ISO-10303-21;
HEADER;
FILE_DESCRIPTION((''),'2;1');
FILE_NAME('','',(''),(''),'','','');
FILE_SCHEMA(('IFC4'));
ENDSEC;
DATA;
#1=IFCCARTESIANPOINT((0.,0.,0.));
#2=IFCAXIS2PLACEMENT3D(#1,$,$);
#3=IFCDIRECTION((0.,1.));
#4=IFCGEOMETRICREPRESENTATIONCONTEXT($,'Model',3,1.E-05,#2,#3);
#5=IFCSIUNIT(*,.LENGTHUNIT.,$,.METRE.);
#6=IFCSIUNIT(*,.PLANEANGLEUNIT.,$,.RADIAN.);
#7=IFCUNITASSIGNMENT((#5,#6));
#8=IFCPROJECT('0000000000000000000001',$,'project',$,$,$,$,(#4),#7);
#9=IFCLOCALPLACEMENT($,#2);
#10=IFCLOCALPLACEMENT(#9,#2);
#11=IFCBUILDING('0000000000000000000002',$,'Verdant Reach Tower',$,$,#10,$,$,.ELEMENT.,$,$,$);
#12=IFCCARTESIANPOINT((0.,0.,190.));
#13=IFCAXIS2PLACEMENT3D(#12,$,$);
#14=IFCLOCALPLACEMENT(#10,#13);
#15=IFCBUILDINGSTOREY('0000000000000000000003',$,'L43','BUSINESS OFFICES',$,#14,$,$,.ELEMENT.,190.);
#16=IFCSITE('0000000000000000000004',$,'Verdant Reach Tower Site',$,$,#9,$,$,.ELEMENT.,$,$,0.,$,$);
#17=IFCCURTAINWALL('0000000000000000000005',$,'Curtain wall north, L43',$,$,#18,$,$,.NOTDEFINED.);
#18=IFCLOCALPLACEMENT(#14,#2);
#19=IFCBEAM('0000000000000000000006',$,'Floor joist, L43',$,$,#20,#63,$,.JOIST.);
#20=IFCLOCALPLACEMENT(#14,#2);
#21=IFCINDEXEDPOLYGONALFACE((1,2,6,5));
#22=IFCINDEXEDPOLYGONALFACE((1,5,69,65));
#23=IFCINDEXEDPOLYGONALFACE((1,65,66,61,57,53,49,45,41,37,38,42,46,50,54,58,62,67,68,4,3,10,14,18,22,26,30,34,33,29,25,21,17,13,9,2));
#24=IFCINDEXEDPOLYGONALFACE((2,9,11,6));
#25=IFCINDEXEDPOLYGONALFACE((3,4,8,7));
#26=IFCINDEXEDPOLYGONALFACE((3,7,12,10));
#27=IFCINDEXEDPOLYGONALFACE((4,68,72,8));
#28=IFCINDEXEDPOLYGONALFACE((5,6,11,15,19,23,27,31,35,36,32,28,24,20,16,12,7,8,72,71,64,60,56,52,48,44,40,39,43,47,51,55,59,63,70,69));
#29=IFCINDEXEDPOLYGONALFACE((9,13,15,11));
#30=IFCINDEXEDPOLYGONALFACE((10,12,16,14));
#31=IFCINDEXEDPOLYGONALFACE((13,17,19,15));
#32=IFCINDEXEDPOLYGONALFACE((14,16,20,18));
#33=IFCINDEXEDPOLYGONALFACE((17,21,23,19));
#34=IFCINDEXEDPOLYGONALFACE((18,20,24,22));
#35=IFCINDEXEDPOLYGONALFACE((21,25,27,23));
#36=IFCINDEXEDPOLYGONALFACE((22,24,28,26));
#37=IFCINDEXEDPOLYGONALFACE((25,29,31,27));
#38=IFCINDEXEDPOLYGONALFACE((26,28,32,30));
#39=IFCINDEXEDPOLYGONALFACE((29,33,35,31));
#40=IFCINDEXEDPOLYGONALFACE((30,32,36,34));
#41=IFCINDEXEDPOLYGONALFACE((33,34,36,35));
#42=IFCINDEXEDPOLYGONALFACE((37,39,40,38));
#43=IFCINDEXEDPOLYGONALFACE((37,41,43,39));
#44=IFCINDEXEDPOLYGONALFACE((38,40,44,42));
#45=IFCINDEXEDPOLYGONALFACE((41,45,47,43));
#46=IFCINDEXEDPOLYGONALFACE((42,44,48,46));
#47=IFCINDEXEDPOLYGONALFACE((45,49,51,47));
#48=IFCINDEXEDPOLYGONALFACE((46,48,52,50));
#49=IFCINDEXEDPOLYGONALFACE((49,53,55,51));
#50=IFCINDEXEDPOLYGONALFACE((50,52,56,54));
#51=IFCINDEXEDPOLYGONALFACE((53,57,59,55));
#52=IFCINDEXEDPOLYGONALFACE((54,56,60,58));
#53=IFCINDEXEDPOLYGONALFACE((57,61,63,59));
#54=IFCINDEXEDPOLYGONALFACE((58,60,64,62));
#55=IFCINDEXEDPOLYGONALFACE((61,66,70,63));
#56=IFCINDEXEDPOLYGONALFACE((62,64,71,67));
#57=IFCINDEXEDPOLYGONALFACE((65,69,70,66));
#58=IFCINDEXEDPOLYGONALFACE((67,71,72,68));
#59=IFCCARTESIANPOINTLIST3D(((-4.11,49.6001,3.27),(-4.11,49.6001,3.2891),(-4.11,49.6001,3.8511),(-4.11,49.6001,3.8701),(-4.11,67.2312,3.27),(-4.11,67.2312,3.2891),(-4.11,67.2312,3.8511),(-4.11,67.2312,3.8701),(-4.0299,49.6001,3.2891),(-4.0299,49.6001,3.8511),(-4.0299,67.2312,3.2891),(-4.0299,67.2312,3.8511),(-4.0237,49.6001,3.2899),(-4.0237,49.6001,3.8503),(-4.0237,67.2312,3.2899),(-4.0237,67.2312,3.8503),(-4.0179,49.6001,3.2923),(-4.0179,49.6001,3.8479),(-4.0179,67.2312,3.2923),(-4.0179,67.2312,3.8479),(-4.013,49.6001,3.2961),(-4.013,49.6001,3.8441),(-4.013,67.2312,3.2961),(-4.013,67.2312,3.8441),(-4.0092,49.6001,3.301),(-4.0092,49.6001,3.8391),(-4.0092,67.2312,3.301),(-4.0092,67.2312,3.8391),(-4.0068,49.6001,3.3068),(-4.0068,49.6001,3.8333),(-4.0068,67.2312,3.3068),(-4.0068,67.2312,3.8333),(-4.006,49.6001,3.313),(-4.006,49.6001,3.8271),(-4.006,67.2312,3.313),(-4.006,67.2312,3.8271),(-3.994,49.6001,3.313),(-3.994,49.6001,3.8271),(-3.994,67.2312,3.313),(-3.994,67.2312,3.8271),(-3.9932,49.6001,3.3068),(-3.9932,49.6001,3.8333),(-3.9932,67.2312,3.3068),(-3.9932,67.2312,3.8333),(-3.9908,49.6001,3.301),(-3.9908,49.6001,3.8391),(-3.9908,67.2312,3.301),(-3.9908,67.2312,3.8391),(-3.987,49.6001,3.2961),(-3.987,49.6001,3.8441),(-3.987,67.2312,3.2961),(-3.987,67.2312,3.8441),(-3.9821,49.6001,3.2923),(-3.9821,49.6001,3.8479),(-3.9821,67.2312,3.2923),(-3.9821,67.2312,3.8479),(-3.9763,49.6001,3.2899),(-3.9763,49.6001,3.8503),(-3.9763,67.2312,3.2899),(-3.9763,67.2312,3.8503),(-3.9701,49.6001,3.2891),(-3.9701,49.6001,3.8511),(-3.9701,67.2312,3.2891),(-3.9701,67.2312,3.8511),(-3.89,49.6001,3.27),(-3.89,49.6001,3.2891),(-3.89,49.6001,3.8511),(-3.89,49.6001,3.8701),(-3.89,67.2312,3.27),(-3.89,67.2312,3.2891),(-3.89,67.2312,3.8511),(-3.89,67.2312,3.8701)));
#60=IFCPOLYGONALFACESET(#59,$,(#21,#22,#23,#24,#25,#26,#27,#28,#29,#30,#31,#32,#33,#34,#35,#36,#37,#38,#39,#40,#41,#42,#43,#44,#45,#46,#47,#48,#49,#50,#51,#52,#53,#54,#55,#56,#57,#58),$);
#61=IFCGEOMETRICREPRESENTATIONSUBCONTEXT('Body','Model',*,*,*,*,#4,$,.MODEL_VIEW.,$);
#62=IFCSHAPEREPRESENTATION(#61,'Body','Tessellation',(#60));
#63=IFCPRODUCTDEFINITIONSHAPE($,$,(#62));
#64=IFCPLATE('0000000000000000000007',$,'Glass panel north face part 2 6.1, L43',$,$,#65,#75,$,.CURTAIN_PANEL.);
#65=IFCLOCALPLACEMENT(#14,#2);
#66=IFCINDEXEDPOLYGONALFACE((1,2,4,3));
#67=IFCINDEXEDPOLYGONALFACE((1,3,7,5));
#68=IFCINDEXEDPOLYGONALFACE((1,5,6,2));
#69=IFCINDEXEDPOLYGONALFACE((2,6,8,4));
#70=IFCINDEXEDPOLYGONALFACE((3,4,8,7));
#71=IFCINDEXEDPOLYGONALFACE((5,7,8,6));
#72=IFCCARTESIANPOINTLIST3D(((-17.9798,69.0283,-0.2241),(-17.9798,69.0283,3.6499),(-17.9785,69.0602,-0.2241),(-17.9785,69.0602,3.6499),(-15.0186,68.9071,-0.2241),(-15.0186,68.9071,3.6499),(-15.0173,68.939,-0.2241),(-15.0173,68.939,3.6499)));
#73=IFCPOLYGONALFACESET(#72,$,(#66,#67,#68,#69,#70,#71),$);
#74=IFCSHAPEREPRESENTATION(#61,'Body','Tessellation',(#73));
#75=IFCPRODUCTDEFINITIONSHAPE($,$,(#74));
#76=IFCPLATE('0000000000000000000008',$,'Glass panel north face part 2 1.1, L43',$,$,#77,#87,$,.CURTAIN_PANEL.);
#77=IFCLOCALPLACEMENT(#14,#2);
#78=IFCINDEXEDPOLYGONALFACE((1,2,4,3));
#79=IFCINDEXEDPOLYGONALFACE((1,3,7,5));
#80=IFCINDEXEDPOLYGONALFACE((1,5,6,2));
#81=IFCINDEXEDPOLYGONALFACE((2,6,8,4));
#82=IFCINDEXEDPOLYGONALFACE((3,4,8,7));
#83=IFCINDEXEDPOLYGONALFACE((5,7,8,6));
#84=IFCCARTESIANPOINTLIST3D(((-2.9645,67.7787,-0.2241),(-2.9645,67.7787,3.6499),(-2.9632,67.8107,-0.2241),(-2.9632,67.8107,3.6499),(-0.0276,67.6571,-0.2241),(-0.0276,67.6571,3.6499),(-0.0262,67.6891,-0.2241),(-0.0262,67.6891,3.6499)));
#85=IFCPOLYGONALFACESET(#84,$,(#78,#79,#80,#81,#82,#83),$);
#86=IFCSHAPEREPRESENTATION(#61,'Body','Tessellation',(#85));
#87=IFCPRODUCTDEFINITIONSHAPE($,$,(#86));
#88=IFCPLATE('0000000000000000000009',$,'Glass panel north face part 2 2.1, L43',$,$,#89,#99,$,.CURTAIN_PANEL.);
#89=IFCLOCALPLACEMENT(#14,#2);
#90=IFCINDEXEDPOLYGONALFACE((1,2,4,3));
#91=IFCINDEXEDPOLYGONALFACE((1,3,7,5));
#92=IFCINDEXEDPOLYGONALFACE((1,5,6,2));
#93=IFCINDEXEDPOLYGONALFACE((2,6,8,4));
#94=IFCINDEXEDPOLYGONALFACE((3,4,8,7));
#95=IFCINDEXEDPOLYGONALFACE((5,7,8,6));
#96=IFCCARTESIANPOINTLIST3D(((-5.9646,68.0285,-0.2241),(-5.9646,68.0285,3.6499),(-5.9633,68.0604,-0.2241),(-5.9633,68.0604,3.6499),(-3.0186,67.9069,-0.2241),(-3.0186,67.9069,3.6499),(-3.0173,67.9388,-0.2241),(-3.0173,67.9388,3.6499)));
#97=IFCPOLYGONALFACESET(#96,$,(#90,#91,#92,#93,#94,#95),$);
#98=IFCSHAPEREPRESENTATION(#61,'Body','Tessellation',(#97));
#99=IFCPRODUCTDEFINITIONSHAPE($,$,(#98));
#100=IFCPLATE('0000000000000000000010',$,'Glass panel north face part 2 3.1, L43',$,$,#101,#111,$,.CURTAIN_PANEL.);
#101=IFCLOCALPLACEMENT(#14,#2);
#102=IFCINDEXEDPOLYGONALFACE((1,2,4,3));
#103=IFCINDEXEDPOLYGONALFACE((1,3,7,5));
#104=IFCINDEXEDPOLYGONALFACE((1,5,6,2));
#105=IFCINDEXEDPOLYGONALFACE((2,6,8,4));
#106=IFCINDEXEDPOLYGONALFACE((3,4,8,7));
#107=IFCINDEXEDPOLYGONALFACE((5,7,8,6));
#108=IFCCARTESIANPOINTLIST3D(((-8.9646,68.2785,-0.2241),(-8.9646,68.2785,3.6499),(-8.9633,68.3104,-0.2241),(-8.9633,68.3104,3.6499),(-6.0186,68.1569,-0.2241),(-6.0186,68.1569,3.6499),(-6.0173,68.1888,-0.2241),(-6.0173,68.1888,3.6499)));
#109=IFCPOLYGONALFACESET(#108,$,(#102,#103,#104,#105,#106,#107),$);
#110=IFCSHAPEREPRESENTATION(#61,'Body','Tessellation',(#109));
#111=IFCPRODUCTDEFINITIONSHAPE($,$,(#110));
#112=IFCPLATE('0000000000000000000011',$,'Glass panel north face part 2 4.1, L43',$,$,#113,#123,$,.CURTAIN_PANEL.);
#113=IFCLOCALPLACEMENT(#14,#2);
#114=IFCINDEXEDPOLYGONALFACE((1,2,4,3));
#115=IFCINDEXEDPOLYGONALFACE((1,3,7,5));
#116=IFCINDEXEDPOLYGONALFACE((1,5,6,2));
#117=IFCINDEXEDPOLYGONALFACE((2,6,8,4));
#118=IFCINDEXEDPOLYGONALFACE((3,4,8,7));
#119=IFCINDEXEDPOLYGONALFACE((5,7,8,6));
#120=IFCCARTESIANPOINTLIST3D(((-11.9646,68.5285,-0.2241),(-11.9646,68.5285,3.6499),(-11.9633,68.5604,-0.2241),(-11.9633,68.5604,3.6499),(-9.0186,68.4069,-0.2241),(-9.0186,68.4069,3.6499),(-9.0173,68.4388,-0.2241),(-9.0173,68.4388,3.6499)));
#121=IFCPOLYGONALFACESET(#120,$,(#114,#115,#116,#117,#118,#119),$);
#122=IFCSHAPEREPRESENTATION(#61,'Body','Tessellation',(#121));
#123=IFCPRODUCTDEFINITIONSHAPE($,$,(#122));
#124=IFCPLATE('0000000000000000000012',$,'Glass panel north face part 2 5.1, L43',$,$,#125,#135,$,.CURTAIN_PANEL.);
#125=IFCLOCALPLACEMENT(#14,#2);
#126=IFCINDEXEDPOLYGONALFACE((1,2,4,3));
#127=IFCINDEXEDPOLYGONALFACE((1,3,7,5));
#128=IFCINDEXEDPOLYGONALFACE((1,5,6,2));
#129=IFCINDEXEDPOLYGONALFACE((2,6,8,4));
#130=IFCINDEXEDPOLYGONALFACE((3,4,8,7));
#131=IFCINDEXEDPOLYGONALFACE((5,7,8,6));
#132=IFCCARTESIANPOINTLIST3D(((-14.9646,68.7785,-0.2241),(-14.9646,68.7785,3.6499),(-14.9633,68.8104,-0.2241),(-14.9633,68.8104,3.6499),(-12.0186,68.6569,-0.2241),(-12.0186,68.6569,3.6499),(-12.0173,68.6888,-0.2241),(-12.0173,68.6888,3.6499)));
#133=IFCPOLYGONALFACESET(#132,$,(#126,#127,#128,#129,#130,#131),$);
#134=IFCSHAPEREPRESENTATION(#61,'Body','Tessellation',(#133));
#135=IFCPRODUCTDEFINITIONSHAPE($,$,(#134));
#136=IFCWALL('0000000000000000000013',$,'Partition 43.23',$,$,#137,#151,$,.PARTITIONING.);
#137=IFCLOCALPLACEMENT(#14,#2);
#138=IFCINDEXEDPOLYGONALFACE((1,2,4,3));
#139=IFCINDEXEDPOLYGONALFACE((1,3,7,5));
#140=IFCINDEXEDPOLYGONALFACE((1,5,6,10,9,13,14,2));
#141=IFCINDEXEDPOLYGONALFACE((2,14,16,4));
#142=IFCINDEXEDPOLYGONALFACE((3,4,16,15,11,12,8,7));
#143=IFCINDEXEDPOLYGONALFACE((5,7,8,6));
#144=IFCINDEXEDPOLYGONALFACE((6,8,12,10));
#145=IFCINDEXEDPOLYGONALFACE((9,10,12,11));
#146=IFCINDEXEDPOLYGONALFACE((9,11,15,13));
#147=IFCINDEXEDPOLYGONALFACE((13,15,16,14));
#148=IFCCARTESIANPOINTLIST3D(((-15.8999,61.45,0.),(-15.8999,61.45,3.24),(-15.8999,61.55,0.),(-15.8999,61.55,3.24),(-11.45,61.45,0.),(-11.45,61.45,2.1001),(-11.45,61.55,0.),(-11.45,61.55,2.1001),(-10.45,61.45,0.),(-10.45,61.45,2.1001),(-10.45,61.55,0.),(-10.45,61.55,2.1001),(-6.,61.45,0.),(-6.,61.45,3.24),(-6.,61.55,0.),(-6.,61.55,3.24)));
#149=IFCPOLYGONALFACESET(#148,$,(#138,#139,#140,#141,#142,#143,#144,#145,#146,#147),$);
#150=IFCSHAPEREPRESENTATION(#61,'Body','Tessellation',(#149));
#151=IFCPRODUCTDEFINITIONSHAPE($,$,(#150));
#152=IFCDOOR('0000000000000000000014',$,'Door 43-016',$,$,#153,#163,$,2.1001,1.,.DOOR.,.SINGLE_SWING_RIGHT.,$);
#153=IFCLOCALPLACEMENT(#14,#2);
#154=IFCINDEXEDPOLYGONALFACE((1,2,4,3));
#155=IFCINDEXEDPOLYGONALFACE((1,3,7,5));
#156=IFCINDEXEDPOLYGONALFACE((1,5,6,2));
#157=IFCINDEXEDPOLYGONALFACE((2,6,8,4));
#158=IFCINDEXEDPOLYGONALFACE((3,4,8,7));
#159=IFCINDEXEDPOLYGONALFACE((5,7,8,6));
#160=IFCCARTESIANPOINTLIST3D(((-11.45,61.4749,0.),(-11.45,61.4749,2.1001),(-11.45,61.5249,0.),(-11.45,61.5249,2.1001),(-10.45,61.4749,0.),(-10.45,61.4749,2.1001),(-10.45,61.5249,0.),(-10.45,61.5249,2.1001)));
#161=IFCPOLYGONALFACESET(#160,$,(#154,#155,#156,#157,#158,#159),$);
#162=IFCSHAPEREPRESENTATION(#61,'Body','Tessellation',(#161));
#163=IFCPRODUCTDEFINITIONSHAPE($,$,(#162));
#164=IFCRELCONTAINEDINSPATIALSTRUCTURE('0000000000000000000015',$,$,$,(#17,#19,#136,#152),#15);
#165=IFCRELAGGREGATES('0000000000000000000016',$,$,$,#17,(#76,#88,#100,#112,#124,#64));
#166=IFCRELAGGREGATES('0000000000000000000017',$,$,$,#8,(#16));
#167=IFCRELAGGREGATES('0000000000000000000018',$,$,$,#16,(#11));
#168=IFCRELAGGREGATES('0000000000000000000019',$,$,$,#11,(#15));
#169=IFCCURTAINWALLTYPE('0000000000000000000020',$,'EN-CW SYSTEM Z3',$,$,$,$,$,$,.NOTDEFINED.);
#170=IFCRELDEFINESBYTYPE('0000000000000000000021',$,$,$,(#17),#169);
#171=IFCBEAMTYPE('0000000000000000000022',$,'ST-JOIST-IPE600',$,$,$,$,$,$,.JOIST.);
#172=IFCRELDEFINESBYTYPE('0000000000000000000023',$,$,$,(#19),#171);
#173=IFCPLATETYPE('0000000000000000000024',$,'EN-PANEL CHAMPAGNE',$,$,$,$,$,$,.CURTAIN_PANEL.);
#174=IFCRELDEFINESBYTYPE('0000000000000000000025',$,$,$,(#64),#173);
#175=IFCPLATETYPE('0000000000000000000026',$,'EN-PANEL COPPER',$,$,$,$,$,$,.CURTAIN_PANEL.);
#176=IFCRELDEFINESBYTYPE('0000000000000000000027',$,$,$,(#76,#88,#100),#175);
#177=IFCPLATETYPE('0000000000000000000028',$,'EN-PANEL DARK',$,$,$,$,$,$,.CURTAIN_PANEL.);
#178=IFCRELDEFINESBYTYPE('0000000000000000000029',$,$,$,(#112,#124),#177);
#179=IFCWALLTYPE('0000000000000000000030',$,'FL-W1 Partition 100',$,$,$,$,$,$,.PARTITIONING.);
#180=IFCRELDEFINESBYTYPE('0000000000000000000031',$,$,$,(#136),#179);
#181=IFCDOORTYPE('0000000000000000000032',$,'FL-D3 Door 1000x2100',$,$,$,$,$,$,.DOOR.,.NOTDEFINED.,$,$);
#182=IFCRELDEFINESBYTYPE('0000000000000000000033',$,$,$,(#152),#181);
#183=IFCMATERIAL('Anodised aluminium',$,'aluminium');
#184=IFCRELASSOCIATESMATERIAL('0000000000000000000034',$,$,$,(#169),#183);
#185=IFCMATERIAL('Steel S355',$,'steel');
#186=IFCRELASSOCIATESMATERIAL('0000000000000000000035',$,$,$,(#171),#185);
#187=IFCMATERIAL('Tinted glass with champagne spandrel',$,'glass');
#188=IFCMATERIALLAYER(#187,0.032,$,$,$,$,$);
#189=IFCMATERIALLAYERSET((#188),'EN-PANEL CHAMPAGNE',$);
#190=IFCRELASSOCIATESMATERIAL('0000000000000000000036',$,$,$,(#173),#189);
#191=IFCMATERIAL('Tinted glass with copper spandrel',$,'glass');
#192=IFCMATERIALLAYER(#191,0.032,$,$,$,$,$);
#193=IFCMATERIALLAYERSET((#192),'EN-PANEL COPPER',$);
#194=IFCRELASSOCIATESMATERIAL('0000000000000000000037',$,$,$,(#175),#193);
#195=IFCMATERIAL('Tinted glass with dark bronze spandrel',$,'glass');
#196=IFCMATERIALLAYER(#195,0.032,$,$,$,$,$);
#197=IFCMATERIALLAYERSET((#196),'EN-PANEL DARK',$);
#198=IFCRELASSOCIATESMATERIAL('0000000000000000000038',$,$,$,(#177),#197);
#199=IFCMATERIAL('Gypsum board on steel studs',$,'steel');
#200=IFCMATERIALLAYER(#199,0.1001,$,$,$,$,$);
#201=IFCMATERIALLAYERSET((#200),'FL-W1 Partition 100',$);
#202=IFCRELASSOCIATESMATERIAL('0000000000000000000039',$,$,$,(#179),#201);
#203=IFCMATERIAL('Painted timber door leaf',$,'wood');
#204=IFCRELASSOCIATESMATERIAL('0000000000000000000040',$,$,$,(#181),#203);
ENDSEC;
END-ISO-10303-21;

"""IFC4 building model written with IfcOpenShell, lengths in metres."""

from ifc_helpers import new_model, si_unit, direction, frame, frame_2d, origin, origin_2d, place, context, subcontext, project, spatial, rectangle, i_section, extrude, material, layer, layer_set, material_profile, profile_set, type_object, element, fill, aggregate, save


model = new_model("IFC4")

# Units and contexts
model_context = context("Model", 3, precision=1e-05, world=origin(), true_north=direction((0.0, 1.0)))
body_context = subcontext(model_context, "Body", "Model", "MODEL_VIEW")
ifc_project = project(units=[si_unit("LENGTHUNIT", "METRE"), si_unit("PLANEANGLEUNIT", "RADIAN")], contexts=[model_context])

# Site, building, storey
site_placement = place(None, origin())
site = spatial("IfcSite", under=ifc_project, at=site_placement, Name="Verdant Reach Tower Site", CompositionType="ELEMENT", RefElevation=0.0)
building_placement = place(site_placement, origin())
building = spatial("IfcBuilding", under=site, at=building_placement, Name="Verdant Reach Tower", CompositionType="ELEMENT")
storey_placement = place(building_placement, frame((0.0, 0.0, 190.0)))
storey = spatial("IfcBuildingStorey", under=building, at=storey_placement, Name="L43", Description="BUSINESS OFFICES", CompositionType="ELEMENT", Elevation=190.0)

# Curtain wall
ifc_material_1 = material(Name="Anodised aluminium", Category="aluminium")
curtain_wall_type = type_object("IfcCurtainWallType", Name="EN-CW SYSTEM Z3", PredefinedType="NOTDEFINED", material=ifc_material_1)
curtain_wall_placement = place(storey_placement, origin())
curtain_wall = element("IfcCurtainWall", 1, at=curtain_wall_placement, inside=storey, type_object=curtain_wall_type, Name="Curtain wall north, L43", PredefinedType="NOTDEFINED")

# Beam
ifc_material_2 = material(Name="Steel S355", Category="steel")
ifc_material_profile_1 = material_profile(ifc_material_2, i_section(OverallWidth=0.22, OverallDepth=0.6001, WebThickness=0.012, FlangeThickness=0.019, FilletRadius=0.0239, at=origin_2d()), Name="IPE 600")
ifc_profile_set_1 = profile_set([ifc_material_profile_1], Name="Steel S355")
beam_type_1 = type_object("IfcBeamType", Name="ST-JOIST-IPE600", PredefinedType="JOIST", material=ifc_profile_set_1)
beam_1_placement = place(storey_placement, frame((-4.0, 49.6001, 3.5701), z_axis=(0.0, 1.0, 0.0), x_axis=(-1.0, 0.0, 0.0)))
element("IfcBeam", 2, at=beam_1_placement, inside=storey, type_object=beam_type_1, Name="Floor joist, L43", PredefinedType="JOIST", context=body_context, shape_type="SweptSolid", body=[
    extrude(i_section(OverallWidth=0.22, OverallDepth=0.6001, WebThickness=0.012, FlangeThickness=0.019, FilletRadius=0.0239, at=origin_2d()), origin(), (0.0, 0.0, 1.0), 17.6311),
])

# Plates
ifc_material_3 = material(Name="Tinted glass with champagne spandrel", Category="glass")
ifc_layer_1 = layer(ifc_material_3, 0.032)
ifc_layer_set_1 = layer_set([ifc_layer_1], Name="EN-PANEL CHAMPAGNE")
plate_type_1 = type_object("IfcPlateType", Name="EN-PANEL CHAMPAGNE", PredefinedType="CURTAIN_PANEL", material=ifc_layer_set_1)
plate_1_placement = place(storey_placement, frame((-16.4985, 68.9836, -0.2241), z_axis=(0.0, 0.0, 1.0), x_axis=(-0.999164, 0.040891, 0.0)))
plate_1 = element("IfcPlate", 3, at=plate_1_placement, type_object=plate_type_1, Name="Glass panel north face part 2 6.1, L43", PredefinedType="CURTAIN_PANEL", context=body_context, shape_type="SweptSolid", body=[
    extrude(rectangle(XDim=2.9636, YDim=0.032, at=origin_2d()), origin(), (0.0, 0.0, 1.0), 3.874),
])
ifc_material_4 = material(Name="Tinted glass with copper spandrel", Category="glass")
ifc_layer_2 = layer(ifc_material_4, 0.032)
ifc_layer_set_2 = layer_set([ifc_layer_2], Name="EN-PANEL COPPER")
plate_type_2 = type_object("IfcPlateType", Name="EN-PANEL COPPER", PredefinedType="CURTAIN_PANEL", material=ifc_layer_set_2)
plate_2_placement = place(storey_placement, frame((-1.4954, 67.7339, -0.2241), z_axis=(0.0, 0.0, 1.0), x_axis=(-0.999144, 0.041367, 0.0)))
plate_2 = element("IfcPlate", 4, at=plate_2_placement, type_object=plate_type_2, Name="Glass panel north face part 2 1.1, L43", PredefinedType="CURTAIN_PANEL", context=body_context, shape_type="SweptSolid", body=[
    extrude(rectangle(XDim=2.9395, YDim=0.032, at=origin_2d()), origin(), (0.0, 0.0, 1.0), 3.874),
])
plate_3_placement = place(storey_placement, frame((-4.491, 67.9836, -0.2241), z_axis=(0.0, 0.0, 1.0), x_axis=(-0.999149, 0.041242, 0.0)))
plate_3 = element("IfcPlate", 5, at=plate_3_placement, type_object=plate_type_2, Name="Glass panel north face part 2 2.1, L43", PredefinedType="CURTAIN_PANEL", context=body_context, shape_type="SweptSolid", body=[
    extrude(rectangle(XDim=2.9485, YDim=0.032, at=origin_2d()), origin(), (0.0, 0.0, 1.0), 3.874),
])
plate_4_placement = place(storey_placement, frame((-7.491, 68.2336, -0.2241), z_axis=(0.0, 0.0, 1.0), x_axis=(-0.999149, 0.041242, 0.0)))
plate_4 = element("IfcPlate", 6, at=plate_4_placement, type_object=plate_type_2, Name="Glass panel north face part 2 3.1, L43", PredefinedType="CURTAIN_PANEL", context=body_context, shape_type="SweptSolid", body=[
    extrude(rectangle(XDim=2.9485, YDim=0.032, at=origin_2d()), origin(), (0.0, 0.0, 1.0), 3.874),
])
ifc_material_5 = material(Name="Tinted glass with dark bronze spandrel", Category="glass")
ifc_layer_3 = layer(ifc_material_5, 0.032)
ifc_layer_set_3 = layer_set([ifc_layer_3], Name="EN-PANEL DARK")
plate_type_3 = type_object("IfcPlateType", Name="EN-PANEL DARK", PredefinedType="CURTAIN_PANEL", material=ifc_layer_set_3)
plate_5_placement = place(storey_placement, frame((-10.491, 68.4836, -0.2241), z_axis=(0.0, 0.0, 1.0), x_axis=(-0.999149, 0.041242, 0.0)))
plate_5 = element("IfcPlate", 7, at=plate_5_placement, type_object=plate_type_3, Name="Glass panel north face part 2 4.1, L43", PredefinedType="CURTAIN_PANEL", context=body_context, shape_type="SweptSolid", body=[
    extrude(rectangle(XDim=2.9485, YDim=0.032, at=origin_2d()), origin(), (0.0, 0.0, 1.0), 3.874),
])
plate_6_placement = place(storey_placement, frame((-13.491, 68.7336, -0.2241), z_axis=(0.0, 0.0, 1.0), x_axis=(-0.999149, 0.041242, 0.0)))
plate_6 = element("IfcPlate", 8, at=plate_6_placement, type_object=plate_type_3, Name="Glass panel north face part 2 5.1, L43", PredefinedType="CURTAIN_PANEL", context=body_context, shape_type="SweptSolid", body=[
    extrude(rectangle(XDim=2.9485, YDim=0.032, at=origin_2d()), origin(), (0.0, 0.0, 1.0), 3.874),
])
aggregate(curtain_wall, [plate_2, plate_3, plate_4, plate_5, plate_6, plate_1])

# Wall, opening, door
ifc_material_6 = material(Name="Gypsum board on steel studs", Category="steel")
ifc_layer_4 = layer(ifc_material_6, 0.1001)
ifc_layer_set_4 = layer_set([ifc_layer_4], Name="FL-W1 Partition 100")
wall_type = type_object("IfcWallType", Name="FL-W1 Partition 100", PredefinedType="PARTITIONING", material=ifc_layer_set_4)
wall_1_placement = place(storey_placement, frame((-15.8999, 61.5, 0.0), z_axis=(0.0, 0.0, 1.0), x_axis=(1.0, 0.0, 0.0)))
wall_1 = element("IfcWall", 9, at=wall_1_placement, inside=storey, type_object=wall_type, Name="Partition 43.23", PredefinedType="PARTITIONING", context=body_context, shape_type="SweptSolid", body=[
    extrude(rectangle(XDim=9.8999, YDim=0.1001, at=frame_2d((4.95, 0.0))), origin(), (0.0, 0.0, 1.0), 3.24),
])
opening_1_placement = place(wall_1_placement, frame((4.45, 0.0, 0.0)))
opening_1 = element("IfcOpeningElement", 10, at=opening_1_placement, cuts=wall_1, PredefinedType="OPENING", context=body_context, shape_type="SweptSolid", body=[
    extrude(rectangle(XDim=1.0, YDim=2.1001, at=frame_2d((0.5, 1.05))), frame((0.0, 0.0601, 0.0), z_axis=(0.0, -1.0, 0.0), x_axis=(1.0, 0.0, 0.0)), (0.0, 0.0, 1.0), 0.1201),
])
ifc_material_7 = material(Name="Painted timber door leaf", Category="wood")
door_type = type_object("IfcDoorType", Name="FL-D3 Door 1000x2100", OperationType="NOTDEFINED", PredefinedType="DOOR", material=ifc_material_7)
door_1_placement = place(opening_1_placement, origin())
door_1 = element("IfcDoor", 11, at=door_1_placement, inside=storey, type_object=door_type, Name="Door 43-016", OperationType="SINGLE_SWING_RIGHT", OverallHeight=2.1001, OverallWidth=1.0, PredefinedType="DOOR", context=body_context, shape_type="SweptSolid", body=[
    extrude(rectangle(XDim=1.0, YDim=2.1001, at=frame_2d((0.5, 1.05))), frame((0.0, 0.0249, 0.0), z_axis=(0.0, -1.0, 0.0), x_axis=(1.0, 0.0, 0.0)), (0.0, 0.0, 1.0), 0.05),
])
fill(opening_1, door_1)

save(model, "model.ifc")
